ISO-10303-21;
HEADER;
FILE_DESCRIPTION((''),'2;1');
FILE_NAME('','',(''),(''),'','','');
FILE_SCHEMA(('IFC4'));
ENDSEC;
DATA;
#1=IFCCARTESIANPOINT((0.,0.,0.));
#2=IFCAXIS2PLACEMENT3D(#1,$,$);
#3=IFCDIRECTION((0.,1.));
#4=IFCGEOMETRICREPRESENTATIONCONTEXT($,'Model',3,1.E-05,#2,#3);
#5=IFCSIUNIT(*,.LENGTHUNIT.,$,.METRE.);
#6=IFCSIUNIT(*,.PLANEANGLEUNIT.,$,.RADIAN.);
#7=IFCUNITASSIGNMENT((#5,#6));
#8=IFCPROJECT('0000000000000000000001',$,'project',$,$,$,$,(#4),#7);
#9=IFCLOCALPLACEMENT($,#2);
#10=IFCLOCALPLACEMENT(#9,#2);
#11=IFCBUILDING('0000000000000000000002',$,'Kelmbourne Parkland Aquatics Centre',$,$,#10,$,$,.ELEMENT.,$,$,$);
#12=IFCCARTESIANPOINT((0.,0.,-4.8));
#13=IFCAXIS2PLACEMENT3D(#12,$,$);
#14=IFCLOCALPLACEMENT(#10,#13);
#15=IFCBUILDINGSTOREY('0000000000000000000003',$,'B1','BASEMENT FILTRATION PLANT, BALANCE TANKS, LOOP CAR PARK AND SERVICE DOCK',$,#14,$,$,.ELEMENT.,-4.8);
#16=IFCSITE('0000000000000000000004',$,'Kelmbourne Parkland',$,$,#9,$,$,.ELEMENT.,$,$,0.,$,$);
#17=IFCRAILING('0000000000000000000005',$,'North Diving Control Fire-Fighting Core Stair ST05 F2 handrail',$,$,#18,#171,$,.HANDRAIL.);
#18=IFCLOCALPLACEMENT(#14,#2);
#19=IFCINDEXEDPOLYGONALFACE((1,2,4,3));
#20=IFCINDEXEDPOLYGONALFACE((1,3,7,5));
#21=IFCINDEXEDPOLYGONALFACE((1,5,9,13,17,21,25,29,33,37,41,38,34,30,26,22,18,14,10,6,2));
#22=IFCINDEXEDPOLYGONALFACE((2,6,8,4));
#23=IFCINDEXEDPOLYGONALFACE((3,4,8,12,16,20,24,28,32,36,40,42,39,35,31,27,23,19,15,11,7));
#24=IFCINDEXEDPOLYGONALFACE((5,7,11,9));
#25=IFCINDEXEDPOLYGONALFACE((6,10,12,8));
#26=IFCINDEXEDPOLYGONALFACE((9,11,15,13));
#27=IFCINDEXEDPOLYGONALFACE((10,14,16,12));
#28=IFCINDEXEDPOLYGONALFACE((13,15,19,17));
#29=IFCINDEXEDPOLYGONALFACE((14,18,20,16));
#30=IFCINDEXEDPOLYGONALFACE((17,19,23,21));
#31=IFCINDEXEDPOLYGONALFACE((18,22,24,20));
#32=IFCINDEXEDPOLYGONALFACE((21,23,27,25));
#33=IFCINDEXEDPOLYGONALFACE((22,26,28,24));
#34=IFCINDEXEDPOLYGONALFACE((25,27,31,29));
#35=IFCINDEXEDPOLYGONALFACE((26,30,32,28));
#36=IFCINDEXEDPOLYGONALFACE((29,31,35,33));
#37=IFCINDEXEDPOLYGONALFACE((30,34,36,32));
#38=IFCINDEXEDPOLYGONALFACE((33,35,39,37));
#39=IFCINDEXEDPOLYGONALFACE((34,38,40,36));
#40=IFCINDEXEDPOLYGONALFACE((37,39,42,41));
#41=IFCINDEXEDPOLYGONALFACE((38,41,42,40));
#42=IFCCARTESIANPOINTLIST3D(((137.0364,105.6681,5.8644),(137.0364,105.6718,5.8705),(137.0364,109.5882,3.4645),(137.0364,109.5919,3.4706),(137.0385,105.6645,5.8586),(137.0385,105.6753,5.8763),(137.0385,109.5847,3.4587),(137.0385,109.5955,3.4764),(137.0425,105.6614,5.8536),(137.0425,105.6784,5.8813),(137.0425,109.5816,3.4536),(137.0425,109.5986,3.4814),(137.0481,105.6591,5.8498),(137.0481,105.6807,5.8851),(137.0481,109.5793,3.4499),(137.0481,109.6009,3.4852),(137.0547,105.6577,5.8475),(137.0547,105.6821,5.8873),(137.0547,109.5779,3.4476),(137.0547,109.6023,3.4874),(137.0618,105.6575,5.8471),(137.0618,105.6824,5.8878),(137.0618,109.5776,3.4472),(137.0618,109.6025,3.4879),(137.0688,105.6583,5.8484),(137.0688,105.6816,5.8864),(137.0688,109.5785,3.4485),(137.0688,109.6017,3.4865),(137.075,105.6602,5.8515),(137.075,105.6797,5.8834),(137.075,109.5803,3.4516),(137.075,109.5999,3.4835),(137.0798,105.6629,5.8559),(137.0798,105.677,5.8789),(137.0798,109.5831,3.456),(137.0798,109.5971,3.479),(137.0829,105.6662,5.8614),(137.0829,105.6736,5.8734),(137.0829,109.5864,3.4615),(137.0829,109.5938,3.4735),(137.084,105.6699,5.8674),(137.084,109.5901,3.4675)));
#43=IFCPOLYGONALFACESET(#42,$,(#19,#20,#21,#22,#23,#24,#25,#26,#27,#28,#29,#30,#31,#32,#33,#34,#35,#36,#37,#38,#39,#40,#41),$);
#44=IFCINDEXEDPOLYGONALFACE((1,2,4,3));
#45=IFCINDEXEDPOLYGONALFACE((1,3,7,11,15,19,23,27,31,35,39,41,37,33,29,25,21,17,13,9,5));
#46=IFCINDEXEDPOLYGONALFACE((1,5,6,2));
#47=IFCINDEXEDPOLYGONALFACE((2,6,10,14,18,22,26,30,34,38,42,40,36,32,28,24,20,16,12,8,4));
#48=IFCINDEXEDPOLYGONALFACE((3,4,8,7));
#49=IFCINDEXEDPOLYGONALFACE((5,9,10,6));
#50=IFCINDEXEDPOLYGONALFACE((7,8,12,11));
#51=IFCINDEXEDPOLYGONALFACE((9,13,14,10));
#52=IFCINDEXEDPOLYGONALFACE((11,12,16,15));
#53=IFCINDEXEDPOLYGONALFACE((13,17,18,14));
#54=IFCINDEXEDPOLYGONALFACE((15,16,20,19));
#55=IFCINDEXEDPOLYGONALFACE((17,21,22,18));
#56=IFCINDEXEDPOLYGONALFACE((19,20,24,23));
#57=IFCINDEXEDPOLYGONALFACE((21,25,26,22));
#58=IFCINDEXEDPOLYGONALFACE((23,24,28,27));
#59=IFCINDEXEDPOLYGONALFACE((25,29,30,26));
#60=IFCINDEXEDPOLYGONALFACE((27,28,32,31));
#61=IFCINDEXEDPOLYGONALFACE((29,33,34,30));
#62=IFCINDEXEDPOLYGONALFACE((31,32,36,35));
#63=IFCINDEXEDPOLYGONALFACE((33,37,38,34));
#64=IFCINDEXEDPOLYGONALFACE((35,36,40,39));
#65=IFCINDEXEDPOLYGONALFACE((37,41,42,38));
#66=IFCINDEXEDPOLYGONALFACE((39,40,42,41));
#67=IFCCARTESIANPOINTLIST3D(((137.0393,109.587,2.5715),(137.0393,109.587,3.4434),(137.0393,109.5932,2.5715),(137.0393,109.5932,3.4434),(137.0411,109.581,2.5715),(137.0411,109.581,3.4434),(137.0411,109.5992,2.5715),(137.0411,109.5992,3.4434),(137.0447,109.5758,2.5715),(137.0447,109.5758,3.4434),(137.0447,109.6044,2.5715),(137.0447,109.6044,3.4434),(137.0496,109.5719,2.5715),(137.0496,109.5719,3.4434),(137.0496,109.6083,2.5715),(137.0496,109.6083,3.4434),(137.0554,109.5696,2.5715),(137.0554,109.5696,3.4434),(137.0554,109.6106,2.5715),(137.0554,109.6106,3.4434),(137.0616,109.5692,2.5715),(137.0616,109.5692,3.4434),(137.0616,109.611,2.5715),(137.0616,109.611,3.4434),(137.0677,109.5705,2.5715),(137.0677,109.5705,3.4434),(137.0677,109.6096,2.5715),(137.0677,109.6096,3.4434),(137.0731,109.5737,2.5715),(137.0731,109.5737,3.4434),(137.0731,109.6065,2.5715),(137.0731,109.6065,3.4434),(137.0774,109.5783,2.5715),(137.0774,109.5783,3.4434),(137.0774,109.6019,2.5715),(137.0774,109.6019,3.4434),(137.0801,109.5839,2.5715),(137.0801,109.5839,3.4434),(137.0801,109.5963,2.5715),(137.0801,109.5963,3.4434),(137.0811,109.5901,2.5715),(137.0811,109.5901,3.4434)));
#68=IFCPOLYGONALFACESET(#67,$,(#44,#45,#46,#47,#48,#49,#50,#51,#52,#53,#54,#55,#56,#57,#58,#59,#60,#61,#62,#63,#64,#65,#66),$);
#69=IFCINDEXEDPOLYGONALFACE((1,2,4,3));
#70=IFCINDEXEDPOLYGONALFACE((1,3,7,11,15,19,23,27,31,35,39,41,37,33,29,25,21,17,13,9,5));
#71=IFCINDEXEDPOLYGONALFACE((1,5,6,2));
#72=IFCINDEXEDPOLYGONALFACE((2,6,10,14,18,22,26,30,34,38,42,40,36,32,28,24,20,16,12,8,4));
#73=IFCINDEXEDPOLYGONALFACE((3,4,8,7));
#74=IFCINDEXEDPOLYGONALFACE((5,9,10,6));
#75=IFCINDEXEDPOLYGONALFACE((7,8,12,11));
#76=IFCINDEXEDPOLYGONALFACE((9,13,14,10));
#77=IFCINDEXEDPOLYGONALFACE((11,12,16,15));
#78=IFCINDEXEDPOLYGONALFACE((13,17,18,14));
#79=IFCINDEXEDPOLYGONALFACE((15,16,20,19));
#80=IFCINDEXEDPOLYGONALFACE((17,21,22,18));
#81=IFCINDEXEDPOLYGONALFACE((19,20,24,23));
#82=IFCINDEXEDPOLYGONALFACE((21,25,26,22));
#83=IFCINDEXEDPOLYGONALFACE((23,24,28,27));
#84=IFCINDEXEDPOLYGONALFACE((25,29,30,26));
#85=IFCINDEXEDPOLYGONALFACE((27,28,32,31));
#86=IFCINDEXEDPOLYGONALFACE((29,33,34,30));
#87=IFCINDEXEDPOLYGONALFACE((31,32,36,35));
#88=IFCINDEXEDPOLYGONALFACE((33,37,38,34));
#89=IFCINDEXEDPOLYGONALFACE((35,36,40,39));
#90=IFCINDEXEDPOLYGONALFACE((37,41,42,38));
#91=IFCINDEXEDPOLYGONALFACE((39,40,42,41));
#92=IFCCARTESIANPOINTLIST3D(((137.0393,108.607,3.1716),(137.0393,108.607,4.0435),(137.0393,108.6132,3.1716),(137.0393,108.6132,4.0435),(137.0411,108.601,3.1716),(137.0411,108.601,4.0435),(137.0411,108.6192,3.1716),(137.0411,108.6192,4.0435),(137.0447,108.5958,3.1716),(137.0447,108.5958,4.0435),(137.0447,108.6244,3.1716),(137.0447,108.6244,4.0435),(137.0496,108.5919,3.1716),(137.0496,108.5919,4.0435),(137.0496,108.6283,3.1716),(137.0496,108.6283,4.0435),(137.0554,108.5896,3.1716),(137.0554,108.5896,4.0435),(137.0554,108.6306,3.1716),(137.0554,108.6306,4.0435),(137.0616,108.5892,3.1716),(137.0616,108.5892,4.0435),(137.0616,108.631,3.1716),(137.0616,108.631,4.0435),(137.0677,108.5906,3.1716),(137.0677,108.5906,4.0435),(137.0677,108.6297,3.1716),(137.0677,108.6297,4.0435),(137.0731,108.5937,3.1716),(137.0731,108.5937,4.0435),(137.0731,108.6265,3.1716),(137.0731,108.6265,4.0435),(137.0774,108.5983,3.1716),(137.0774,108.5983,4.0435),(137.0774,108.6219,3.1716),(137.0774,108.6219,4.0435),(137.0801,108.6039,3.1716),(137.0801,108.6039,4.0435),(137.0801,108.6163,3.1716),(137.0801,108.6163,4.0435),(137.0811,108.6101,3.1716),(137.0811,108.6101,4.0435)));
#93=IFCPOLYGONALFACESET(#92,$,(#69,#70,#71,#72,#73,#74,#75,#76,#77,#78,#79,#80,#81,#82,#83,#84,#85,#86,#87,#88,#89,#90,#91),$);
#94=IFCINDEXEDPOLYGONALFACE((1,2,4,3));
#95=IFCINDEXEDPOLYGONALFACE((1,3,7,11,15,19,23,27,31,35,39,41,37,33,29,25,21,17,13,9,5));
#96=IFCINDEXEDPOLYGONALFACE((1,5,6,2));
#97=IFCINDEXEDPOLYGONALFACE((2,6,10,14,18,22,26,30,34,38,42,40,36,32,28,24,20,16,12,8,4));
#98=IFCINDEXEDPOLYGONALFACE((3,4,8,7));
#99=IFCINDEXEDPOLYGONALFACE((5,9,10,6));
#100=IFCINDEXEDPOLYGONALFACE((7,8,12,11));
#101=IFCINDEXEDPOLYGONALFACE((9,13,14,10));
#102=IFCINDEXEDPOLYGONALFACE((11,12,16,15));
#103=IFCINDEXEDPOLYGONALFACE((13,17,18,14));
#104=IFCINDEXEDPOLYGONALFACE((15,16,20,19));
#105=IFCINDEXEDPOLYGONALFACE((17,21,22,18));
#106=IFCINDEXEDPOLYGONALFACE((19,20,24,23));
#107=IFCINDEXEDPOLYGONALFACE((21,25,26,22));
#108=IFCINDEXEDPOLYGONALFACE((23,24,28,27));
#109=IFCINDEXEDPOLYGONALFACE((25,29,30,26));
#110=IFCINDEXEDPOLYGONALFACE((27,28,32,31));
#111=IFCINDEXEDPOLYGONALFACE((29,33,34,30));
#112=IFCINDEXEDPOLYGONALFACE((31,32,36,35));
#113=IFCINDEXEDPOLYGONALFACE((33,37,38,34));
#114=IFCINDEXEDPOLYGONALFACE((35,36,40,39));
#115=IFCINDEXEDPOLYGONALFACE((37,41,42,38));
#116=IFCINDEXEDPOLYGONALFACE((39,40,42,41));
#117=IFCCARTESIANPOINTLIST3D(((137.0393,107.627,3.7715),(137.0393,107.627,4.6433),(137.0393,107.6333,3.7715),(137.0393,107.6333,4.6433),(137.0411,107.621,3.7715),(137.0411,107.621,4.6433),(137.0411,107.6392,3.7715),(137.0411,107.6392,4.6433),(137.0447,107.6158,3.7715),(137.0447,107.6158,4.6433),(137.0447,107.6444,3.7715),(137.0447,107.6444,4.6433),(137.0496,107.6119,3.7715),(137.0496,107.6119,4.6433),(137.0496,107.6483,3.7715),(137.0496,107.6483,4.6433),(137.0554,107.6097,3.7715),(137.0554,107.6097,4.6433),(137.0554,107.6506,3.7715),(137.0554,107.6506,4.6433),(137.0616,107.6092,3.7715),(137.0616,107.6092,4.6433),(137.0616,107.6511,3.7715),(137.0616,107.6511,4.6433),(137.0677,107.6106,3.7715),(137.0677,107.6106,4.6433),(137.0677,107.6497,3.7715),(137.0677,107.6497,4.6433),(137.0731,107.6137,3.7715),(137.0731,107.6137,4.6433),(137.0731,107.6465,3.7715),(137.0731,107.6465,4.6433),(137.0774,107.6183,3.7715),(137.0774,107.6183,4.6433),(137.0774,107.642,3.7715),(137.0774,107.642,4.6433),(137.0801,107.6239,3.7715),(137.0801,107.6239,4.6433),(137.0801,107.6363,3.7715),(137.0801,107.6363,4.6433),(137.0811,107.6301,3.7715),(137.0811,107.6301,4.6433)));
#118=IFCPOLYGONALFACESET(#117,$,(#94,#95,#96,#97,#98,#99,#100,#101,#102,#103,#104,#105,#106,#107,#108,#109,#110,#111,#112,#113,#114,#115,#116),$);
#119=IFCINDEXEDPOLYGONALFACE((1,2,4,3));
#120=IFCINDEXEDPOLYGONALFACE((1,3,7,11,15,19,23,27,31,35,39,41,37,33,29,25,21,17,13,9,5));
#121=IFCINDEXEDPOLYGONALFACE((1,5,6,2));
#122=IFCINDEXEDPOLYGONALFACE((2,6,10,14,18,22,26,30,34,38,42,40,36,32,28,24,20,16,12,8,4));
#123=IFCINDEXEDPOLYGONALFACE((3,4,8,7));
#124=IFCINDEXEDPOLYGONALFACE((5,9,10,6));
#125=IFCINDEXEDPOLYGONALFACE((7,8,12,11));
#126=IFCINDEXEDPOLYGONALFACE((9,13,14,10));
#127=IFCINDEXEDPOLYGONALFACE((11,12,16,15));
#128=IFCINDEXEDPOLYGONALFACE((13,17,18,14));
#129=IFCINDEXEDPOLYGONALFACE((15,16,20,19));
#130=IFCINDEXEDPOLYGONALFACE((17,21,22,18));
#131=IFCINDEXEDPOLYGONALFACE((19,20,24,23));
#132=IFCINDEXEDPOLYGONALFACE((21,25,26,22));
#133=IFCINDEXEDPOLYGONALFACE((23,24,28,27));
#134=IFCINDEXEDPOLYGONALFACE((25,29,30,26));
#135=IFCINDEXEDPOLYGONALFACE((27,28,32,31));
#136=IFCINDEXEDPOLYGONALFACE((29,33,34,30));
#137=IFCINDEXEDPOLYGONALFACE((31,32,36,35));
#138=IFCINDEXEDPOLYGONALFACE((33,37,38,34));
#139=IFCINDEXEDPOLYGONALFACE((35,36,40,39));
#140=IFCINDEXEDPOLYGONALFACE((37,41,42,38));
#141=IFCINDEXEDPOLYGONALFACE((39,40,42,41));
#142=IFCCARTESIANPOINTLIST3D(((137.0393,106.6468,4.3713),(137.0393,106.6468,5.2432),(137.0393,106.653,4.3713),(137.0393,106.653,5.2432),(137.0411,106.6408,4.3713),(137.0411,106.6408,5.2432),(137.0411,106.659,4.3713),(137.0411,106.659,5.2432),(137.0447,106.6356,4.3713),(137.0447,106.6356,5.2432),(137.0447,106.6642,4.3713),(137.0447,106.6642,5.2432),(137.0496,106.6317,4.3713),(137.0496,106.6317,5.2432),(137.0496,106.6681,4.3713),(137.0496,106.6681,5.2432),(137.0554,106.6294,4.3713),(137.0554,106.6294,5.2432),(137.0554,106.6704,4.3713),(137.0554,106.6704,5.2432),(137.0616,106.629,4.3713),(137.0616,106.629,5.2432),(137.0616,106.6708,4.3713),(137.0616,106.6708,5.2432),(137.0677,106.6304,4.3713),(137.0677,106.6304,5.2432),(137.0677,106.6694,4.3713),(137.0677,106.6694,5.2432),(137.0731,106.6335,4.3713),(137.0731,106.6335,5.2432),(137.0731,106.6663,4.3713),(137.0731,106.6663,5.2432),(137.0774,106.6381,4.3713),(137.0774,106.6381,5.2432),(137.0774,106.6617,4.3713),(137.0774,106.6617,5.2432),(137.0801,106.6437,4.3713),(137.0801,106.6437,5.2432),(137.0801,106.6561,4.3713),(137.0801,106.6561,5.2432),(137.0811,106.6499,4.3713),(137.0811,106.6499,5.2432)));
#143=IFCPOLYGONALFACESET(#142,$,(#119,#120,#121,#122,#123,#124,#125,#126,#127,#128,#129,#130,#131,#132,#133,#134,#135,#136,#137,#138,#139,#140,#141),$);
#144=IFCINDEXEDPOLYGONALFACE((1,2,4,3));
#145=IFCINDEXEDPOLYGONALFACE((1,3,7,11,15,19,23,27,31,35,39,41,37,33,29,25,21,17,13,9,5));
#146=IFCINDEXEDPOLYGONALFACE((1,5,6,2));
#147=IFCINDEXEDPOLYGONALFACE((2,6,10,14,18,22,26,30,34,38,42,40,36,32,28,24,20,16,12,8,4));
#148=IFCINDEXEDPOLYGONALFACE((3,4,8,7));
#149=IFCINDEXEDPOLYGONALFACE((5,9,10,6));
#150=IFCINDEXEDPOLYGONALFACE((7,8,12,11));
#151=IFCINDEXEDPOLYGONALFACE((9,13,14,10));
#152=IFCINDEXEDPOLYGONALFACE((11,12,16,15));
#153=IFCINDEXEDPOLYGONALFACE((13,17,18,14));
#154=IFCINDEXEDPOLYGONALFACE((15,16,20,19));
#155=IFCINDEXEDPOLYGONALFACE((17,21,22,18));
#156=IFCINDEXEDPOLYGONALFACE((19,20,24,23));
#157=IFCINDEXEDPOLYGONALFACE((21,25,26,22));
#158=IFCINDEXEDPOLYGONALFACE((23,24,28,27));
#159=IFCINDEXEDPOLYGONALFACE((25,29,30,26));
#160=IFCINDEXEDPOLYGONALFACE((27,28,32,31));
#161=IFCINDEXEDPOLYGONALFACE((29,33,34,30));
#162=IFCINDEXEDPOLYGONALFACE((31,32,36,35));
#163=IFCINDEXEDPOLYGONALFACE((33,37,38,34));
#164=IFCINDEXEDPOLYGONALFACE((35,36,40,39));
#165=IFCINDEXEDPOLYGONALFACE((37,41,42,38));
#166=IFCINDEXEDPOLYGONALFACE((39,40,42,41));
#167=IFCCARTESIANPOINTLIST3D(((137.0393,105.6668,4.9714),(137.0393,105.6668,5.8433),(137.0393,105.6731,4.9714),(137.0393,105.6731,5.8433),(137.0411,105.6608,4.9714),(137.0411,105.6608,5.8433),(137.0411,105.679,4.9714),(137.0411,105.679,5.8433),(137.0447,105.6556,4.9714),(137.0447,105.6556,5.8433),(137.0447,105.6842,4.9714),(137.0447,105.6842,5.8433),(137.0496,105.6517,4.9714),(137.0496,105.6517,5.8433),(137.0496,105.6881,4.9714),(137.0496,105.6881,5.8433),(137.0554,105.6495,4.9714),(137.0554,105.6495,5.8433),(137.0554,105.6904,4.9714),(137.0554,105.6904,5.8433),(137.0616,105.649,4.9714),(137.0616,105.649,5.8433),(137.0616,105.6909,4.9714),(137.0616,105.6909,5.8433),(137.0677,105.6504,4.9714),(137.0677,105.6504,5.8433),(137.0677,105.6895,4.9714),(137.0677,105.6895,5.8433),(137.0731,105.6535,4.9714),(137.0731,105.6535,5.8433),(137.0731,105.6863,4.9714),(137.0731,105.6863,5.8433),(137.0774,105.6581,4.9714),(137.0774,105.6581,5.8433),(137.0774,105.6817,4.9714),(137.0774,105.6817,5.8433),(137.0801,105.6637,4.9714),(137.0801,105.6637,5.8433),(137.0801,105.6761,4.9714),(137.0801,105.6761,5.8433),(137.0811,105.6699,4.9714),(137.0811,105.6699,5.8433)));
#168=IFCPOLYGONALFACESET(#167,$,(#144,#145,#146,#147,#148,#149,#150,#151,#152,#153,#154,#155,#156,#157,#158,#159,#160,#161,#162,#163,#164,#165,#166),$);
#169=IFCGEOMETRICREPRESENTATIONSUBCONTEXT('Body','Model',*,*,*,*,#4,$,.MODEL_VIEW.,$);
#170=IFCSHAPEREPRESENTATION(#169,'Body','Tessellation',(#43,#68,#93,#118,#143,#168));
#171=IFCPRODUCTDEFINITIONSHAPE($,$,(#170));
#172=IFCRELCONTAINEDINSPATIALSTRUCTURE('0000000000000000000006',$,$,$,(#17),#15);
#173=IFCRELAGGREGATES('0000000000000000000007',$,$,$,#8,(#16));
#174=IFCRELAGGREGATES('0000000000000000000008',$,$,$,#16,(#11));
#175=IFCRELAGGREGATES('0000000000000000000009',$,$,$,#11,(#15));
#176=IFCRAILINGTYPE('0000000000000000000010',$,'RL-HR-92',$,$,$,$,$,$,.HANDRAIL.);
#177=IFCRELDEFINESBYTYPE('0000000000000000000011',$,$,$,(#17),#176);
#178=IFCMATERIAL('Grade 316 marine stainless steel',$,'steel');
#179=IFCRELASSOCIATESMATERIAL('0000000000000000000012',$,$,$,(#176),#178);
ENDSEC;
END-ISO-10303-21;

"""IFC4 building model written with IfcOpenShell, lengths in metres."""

from ifc_helpers import new_model, si_unit, direction, frame, origin, origin_2d, place, context, subcontext, project, spatial, circle, extrude, material, type_object, element, save


model = new_model("IFC4")

# Units and contexts
model_context = context("Model", 3, precision=1e-05, world=origin(), true_north=direction((0.0, 1.0)))
body_context = subcontext(model_context, "Body", "Model", "MODEL_VIEW")
ifc_project = project(units=[si_unit("LENGTHUNIT", "METRE"), si_unit("PLANEANGLEUNIT", "RADIAN")], contexts=[model_context])

# Site, building, storey
site_placement = place(None, origin())
site = spatial("IfcSite", under=ifc_project, at=site_placement, Name="Kelmbourne Parkland", CompositionType="ELEMENT", RefElevation=0.0)
building_placement = place(site_placement, origin())
building = spatial("IfcBuilding", under=site, at=building_placement, Name="Kelmbourne Parkland Aquatics Centre", CompositionType="ELEMENT")
storey_placement = place(building_placement, frame((0.0, 0.0, -4.8)))
storey = spatial("IfcBuildingStorey", under=building, at=storey_placement, Name="B1", Description="BASEMENT FILTRATION PLANT, BALANCE TANKS, LOOP CAR PARK AND SERVICE DOCK", CompositionType="ELEMENT", Elevation=-4.8)

# Railing
ifc_material_1 = material(Name="Grade 316 marine stainless steel", Category="steel")
railing_type = type_object("IfcRailingType", Name="RL-HR-92", PredefinedType="HANDRAIL", material=ifc_material_1)
railing_placement = place(storey_placement, frame((137.0601, 109.5901, 2.5715)))
element("IfcRailing", 1, at=railing_placement, inside=storey, type_object=railing_type, Name="North Diving Control Fire-Fighting Core Stair ST05 F2 handrail", PredefinedType="HANDRAIL", context=body_context, shape_type="SweptSolid", body=[
    extrude(circle(Radius=0.0239, at=origin_2d()), frame((0.0, 0.0, 0.896), z_axis=(0.0, -0.852871, 0.522122), x_axis=(1.0, 0.0, 0.0)), (0.0, 0.0, 1.0), 4.5964),
    extrude(circle(Radius=0.021, at=origin_2d()), origin(), (0.0, 0.0, 1.0), 0.8718),
    extrude(circle(Radius=0.021, at=origin_2d()), frame((0.0, -0.98, 0.6001)), (0.0, 0.0, 1.0), 0.8718),
    extrude(circle(Radius=0.021, at=origin_2d()), frame((0.0, -1.96, 1.2)), (0.0, 0.0, 1.0), 0.8718),
    extrude(circle(Radius=0.021, at=origin_2d()), frame((0.0, -2.9402, 1.7998)), (0.0, 0.0, 1.0), 0.8718),
    extrude(circle(Radius=0.021, at=origin_2d()), frame((0.0, -3.9202, 2.3999)), (0.0, 0.0, 1.0), 0.8718),
])

save(model, "model.ifc")
